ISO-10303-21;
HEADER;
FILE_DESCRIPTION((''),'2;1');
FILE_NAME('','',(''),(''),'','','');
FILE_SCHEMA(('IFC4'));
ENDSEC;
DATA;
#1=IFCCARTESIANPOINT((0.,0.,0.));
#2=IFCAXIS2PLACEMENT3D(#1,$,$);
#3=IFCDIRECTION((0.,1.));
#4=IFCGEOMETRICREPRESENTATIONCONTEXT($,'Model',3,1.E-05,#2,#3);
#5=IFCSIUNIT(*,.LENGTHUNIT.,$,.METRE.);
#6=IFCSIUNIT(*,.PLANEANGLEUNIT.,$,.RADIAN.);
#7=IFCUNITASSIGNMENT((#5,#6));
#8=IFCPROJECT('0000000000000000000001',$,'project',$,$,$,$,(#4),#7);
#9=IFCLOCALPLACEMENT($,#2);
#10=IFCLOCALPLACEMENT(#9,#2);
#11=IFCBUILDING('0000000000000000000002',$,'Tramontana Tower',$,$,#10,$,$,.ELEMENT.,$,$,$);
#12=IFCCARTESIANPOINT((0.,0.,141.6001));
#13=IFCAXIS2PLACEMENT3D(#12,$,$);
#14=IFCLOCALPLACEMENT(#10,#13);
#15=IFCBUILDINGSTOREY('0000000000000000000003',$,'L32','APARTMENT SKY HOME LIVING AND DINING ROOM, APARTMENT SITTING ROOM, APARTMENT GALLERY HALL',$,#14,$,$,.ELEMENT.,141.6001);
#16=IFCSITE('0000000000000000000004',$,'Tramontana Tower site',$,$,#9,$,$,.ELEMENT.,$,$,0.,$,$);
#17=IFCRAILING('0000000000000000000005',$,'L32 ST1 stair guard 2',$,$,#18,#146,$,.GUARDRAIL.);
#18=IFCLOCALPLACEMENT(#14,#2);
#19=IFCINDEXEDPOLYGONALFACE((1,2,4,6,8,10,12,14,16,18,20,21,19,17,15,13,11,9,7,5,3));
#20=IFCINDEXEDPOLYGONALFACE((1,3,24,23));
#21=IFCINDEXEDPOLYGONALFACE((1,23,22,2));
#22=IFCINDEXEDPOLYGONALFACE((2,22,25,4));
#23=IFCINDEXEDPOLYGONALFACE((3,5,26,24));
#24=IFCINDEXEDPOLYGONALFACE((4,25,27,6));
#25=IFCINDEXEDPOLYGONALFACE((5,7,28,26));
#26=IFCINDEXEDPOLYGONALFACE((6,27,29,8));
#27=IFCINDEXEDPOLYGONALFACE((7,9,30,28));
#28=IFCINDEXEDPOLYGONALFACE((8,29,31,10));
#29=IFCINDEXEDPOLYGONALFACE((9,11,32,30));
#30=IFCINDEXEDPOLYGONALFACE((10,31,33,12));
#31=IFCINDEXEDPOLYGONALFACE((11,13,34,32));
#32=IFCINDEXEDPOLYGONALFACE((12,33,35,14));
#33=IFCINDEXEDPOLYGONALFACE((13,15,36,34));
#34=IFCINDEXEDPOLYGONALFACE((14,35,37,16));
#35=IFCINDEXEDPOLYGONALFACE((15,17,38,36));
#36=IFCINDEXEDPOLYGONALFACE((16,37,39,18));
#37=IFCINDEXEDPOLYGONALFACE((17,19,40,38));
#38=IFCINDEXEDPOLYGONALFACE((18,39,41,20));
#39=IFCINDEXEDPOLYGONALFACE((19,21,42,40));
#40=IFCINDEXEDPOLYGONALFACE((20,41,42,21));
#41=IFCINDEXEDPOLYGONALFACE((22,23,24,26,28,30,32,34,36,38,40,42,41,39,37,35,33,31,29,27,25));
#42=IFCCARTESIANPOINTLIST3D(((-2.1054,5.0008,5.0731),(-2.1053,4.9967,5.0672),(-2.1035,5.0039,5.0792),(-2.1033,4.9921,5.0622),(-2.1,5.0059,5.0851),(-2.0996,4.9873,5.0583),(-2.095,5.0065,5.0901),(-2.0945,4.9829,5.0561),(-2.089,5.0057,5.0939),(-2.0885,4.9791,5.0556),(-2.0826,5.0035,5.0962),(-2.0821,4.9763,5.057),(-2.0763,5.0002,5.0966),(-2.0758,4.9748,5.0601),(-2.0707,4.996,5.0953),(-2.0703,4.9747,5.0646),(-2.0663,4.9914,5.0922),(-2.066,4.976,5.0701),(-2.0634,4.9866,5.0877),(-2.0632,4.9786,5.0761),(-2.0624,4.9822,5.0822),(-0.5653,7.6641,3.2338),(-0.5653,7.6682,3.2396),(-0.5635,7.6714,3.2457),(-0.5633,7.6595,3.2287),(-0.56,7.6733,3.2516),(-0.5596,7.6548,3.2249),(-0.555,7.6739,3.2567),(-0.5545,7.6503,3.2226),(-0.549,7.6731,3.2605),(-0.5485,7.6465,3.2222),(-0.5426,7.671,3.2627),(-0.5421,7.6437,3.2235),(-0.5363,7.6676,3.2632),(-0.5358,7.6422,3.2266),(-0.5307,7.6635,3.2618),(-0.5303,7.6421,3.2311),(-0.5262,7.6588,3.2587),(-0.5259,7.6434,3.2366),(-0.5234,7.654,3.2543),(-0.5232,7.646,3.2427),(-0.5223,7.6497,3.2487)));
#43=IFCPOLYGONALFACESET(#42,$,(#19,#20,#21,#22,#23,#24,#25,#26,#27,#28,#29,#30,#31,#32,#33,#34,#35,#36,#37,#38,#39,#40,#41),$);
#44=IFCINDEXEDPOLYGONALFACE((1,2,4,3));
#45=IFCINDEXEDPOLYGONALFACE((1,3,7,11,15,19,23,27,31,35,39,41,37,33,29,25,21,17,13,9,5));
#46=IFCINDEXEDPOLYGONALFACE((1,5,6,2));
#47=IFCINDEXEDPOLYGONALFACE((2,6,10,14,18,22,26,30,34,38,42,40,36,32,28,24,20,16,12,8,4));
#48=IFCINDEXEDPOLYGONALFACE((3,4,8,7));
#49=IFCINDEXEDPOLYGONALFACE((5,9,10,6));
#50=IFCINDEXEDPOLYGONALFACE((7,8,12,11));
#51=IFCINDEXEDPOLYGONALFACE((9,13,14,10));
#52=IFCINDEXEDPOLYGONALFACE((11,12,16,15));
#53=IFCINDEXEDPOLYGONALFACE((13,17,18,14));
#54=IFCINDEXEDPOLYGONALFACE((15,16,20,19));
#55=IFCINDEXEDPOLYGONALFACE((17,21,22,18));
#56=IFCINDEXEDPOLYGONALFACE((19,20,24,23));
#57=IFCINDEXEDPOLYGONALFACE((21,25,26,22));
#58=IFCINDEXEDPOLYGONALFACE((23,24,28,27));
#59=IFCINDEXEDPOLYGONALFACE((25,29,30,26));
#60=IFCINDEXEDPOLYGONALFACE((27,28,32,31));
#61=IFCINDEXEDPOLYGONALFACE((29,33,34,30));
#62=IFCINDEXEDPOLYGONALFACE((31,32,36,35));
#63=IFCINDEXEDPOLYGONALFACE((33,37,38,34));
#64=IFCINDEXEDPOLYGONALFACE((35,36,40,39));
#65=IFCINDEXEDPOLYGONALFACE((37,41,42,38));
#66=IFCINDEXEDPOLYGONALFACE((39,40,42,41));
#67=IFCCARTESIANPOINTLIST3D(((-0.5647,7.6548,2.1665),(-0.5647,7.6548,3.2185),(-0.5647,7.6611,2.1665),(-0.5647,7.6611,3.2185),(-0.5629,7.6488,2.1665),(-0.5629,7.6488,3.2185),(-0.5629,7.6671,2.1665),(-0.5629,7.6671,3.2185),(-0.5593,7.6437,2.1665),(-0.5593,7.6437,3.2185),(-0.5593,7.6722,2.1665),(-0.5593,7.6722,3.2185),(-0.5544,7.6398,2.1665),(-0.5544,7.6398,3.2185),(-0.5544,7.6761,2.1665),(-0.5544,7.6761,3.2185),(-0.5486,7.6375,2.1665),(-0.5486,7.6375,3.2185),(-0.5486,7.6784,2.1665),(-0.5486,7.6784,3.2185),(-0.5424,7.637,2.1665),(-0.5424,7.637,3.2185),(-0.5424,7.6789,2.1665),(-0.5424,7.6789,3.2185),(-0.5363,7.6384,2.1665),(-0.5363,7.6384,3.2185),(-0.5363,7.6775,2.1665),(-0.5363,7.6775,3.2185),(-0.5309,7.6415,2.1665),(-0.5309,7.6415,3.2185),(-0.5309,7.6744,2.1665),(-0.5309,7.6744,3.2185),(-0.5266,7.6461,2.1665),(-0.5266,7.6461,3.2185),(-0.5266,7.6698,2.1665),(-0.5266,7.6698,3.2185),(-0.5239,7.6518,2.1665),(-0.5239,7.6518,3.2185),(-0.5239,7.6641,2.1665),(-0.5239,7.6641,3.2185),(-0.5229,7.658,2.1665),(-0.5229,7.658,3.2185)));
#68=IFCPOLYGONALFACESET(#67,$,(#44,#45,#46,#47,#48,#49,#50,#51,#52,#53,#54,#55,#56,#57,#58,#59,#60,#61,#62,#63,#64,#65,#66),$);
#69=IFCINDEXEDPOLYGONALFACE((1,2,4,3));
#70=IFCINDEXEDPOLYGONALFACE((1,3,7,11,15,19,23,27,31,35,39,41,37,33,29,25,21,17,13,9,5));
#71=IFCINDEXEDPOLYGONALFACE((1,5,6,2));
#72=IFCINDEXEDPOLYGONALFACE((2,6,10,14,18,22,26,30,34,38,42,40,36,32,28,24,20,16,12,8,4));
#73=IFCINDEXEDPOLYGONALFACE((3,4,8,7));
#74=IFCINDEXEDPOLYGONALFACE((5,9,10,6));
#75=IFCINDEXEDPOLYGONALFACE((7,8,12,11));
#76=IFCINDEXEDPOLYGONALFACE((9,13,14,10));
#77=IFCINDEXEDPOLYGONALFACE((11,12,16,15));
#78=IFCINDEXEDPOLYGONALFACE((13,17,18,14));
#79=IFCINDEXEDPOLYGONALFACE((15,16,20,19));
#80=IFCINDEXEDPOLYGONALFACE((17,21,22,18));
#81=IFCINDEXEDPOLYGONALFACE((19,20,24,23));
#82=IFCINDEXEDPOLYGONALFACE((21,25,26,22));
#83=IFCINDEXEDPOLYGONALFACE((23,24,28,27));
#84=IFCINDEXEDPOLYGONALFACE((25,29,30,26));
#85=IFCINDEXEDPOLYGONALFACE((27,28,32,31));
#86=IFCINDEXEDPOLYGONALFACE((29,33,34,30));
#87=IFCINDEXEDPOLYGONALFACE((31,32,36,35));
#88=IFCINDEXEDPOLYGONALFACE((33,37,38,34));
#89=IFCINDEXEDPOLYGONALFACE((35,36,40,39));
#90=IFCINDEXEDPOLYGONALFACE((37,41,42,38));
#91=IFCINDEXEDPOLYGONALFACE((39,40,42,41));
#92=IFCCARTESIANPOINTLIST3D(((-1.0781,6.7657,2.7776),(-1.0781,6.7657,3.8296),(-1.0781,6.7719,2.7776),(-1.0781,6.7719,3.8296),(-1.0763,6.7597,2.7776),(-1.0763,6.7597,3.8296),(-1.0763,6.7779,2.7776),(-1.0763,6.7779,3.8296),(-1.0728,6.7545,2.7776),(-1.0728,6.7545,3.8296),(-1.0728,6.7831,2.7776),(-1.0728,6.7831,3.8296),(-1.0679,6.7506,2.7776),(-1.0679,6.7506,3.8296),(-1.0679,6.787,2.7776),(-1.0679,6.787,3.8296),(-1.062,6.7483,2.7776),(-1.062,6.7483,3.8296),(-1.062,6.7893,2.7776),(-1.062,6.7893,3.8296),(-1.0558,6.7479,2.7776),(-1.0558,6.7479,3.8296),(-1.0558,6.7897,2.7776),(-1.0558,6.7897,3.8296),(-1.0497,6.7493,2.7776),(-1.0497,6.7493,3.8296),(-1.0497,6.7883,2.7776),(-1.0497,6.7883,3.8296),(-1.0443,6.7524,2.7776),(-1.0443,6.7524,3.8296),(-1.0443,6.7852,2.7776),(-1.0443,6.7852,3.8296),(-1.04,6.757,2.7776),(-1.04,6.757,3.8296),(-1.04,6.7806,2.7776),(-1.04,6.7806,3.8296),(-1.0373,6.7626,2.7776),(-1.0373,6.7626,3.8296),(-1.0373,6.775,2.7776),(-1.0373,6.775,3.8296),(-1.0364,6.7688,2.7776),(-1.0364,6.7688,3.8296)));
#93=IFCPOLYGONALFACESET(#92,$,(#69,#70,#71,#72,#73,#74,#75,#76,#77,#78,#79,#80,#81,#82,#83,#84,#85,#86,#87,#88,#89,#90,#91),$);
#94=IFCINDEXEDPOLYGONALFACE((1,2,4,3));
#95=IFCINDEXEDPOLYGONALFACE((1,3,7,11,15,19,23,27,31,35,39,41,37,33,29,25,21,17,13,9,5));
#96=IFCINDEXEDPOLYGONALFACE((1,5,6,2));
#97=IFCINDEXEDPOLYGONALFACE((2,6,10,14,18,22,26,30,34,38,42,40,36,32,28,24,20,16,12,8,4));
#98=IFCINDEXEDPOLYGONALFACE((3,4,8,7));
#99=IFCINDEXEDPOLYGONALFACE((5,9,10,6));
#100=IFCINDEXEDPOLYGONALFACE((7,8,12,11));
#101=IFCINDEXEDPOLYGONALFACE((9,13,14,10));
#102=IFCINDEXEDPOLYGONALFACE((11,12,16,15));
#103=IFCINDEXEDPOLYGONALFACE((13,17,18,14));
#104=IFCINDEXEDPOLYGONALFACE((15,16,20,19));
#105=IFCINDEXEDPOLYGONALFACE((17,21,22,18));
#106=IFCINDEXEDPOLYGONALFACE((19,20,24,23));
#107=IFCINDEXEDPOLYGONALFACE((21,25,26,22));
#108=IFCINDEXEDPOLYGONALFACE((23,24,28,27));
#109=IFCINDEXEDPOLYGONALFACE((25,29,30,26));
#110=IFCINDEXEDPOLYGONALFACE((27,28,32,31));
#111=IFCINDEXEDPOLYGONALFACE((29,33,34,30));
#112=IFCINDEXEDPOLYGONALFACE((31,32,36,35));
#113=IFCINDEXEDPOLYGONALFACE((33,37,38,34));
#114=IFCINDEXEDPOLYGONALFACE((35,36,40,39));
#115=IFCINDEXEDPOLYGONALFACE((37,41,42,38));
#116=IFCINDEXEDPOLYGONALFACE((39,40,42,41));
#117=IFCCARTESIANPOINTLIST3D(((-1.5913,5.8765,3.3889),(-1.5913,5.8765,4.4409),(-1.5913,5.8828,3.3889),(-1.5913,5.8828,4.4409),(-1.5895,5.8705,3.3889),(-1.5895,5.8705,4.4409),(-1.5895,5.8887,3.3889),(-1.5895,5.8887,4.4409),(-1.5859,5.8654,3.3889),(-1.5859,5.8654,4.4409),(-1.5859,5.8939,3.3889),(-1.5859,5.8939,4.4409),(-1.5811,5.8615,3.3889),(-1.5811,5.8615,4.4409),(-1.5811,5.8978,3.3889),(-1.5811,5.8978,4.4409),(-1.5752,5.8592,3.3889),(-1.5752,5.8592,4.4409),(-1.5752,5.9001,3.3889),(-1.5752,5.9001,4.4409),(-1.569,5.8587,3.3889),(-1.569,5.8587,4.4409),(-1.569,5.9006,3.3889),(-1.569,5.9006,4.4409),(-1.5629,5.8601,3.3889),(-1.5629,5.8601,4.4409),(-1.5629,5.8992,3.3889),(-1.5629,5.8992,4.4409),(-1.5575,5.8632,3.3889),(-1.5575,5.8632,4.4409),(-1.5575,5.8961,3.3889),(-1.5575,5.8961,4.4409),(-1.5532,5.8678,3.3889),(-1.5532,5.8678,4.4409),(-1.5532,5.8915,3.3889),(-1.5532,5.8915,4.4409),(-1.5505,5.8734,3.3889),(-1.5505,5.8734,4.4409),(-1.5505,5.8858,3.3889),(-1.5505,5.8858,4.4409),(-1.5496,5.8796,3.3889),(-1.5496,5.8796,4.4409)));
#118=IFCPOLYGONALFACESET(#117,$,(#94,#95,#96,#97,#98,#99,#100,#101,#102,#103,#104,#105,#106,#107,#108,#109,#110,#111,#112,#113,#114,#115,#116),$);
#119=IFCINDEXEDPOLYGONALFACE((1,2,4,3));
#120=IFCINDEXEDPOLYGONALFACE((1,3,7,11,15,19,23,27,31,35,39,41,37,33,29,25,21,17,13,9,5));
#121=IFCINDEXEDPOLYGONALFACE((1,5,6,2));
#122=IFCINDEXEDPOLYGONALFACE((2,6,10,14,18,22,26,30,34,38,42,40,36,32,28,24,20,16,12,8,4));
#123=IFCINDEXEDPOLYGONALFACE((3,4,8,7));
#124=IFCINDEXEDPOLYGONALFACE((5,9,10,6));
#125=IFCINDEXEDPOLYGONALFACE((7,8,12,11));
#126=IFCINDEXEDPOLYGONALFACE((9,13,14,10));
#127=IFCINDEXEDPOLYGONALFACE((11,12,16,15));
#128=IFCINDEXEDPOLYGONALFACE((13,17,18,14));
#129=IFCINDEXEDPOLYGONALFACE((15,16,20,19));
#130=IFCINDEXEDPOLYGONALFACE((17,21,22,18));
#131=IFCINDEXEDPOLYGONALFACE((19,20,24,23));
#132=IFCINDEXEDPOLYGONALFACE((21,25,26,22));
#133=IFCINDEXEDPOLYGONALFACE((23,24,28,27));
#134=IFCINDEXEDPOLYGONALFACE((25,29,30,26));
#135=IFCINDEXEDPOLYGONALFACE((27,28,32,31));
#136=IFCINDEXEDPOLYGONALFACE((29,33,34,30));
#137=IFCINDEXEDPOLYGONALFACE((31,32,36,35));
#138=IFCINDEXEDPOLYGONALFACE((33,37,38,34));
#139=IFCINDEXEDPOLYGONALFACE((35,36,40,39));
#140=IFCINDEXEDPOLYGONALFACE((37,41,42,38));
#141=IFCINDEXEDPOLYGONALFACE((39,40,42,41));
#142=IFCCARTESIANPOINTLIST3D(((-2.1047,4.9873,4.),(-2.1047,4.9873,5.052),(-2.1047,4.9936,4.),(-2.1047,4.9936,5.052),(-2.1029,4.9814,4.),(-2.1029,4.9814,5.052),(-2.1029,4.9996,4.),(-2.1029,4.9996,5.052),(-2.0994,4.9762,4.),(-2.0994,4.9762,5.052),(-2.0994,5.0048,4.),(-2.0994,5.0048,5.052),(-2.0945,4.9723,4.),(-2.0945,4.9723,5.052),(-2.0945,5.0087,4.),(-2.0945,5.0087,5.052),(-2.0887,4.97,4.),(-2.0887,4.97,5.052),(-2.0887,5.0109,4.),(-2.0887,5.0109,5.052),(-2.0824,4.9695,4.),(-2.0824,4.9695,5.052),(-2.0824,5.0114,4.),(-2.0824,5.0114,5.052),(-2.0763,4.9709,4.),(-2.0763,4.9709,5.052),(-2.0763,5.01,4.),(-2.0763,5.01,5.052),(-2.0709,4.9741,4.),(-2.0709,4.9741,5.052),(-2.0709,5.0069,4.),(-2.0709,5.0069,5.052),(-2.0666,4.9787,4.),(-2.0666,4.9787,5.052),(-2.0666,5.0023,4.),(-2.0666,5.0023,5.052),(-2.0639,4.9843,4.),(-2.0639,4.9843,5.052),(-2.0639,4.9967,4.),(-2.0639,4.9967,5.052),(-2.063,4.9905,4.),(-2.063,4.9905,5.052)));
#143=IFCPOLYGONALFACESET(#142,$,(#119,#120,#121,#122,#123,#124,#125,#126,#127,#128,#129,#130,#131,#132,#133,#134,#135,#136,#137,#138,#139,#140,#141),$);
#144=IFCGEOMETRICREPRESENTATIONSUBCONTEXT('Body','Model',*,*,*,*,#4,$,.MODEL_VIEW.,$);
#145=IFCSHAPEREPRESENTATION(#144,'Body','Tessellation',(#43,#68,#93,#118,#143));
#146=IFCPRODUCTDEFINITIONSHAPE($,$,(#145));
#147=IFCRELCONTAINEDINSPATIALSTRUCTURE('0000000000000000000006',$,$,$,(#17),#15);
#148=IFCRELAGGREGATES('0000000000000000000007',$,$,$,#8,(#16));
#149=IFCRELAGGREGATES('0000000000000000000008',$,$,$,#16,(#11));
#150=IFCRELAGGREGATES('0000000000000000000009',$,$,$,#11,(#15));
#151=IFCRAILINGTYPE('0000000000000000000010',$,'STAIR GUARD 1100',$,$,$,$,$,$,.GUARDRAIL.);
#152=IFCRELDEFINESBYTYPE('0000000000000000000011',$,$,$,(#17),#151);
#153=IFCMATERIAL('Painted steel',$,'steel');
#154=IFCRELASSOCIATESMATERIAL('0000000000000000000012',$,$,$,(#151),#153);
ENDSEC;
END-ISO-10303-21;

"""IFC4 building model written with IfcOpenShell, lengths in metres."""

from ifc_helpers import new_model, si_unit, direction, frame, origin, origin_2d, place, context, subcontext, project, spatial, circle, extrude, material, type_object, element, save


model = new_model("IFC4")

# Units and contexts
model_context = context("Model", 3, precision=1e-05, world=origin(), true_north=direction((0.0, 1.0)))
body_context = subcontext(model_context, "Body", "Model", "MODEL_VIEW")
ifc_project = project(units=[si_unit("LENGTHUNIT", "METRE"), si_unit("PLANEANGLEUNIT", "RADIAN")], contexts=[model_context])

# Site, building, storey
site_placement = place(None, origin())
site = spatial("IfcSite", under=ifc_project, at=site_placement, Name="Tramontana Tower site", CompositionType="ELEMENT", RefElevation=0.0)
building_placement = place(site_placement, origin())
building = spatial("IfcBuilding", under=site, at=building_placement, Name="Tramontana Tower", CompositionType="ELEMENT")
storey_placement = place(building_placement, frame((0.0, 0.0, 141.6001)))
storey = spatial("IfcBuildingStorey", under=building, at=storey_placement, Name="L32", Description="APARTMENT SKY HOME LIVING AND DINING ROOM, APARTMENT SITTING ROOM, APARTMENT GALLERY HALL", CompositionType="ELEMENT", Elevation=141.6001)

# Railing
ifc_material_1 = material(Name="Painted steel", Category="steel")
railing_type_1 = type_object("IfcRailingType", Name="STAIR GUARD 1100", PredefinedType="GUARDRAIL", material=ifc_material_1)
railing_1_placement = place(storey_placement, frame((-0.5439, 7.658, 2.1665)))
element("IfcRailing", 1, at=railing_1_placement, inside=storey, type_object=railing_type_1, Name="L32 ST1 stair guard 2", PredefinedType="GUARDRAIL", context=body_context, shape_type="SweptSolid", body=[
    extrude(circle(Radius=0.0239, at=origin_2d()), frame((0.0, 0.0, 1.0762), z_axis=(-0.429634, -0.744164, 0.511502), x_axis=(0.86603, -0.499992, 0.0)), (0.0, 0.0, 1.0), 3.5845),
    extrude(circle(Radius=0.021, at=origin_2d()), origin(), (0.0, 0.0, 1.0), 1.052),
    extrude(circle(Radius=0.021, at=origin_2d()), frame((-0.5134, -0.8892, 0.6111)), (0.0, 0.0, 1.0), 1.052),
    extrude(circle(Radius=0.021, at=origin_2d()), frame((-1.0266, -1.7783, 1.2224)), (0.0, 0.0, 1.0), 1.052),
    extrude(circle(Radius=0.021, at=origin_2d()), frame((-1.54, -2.6675, 1.8335)), (0.0, 0.0, 1.0), 1.052),
])

save(model, "model.ifc")
